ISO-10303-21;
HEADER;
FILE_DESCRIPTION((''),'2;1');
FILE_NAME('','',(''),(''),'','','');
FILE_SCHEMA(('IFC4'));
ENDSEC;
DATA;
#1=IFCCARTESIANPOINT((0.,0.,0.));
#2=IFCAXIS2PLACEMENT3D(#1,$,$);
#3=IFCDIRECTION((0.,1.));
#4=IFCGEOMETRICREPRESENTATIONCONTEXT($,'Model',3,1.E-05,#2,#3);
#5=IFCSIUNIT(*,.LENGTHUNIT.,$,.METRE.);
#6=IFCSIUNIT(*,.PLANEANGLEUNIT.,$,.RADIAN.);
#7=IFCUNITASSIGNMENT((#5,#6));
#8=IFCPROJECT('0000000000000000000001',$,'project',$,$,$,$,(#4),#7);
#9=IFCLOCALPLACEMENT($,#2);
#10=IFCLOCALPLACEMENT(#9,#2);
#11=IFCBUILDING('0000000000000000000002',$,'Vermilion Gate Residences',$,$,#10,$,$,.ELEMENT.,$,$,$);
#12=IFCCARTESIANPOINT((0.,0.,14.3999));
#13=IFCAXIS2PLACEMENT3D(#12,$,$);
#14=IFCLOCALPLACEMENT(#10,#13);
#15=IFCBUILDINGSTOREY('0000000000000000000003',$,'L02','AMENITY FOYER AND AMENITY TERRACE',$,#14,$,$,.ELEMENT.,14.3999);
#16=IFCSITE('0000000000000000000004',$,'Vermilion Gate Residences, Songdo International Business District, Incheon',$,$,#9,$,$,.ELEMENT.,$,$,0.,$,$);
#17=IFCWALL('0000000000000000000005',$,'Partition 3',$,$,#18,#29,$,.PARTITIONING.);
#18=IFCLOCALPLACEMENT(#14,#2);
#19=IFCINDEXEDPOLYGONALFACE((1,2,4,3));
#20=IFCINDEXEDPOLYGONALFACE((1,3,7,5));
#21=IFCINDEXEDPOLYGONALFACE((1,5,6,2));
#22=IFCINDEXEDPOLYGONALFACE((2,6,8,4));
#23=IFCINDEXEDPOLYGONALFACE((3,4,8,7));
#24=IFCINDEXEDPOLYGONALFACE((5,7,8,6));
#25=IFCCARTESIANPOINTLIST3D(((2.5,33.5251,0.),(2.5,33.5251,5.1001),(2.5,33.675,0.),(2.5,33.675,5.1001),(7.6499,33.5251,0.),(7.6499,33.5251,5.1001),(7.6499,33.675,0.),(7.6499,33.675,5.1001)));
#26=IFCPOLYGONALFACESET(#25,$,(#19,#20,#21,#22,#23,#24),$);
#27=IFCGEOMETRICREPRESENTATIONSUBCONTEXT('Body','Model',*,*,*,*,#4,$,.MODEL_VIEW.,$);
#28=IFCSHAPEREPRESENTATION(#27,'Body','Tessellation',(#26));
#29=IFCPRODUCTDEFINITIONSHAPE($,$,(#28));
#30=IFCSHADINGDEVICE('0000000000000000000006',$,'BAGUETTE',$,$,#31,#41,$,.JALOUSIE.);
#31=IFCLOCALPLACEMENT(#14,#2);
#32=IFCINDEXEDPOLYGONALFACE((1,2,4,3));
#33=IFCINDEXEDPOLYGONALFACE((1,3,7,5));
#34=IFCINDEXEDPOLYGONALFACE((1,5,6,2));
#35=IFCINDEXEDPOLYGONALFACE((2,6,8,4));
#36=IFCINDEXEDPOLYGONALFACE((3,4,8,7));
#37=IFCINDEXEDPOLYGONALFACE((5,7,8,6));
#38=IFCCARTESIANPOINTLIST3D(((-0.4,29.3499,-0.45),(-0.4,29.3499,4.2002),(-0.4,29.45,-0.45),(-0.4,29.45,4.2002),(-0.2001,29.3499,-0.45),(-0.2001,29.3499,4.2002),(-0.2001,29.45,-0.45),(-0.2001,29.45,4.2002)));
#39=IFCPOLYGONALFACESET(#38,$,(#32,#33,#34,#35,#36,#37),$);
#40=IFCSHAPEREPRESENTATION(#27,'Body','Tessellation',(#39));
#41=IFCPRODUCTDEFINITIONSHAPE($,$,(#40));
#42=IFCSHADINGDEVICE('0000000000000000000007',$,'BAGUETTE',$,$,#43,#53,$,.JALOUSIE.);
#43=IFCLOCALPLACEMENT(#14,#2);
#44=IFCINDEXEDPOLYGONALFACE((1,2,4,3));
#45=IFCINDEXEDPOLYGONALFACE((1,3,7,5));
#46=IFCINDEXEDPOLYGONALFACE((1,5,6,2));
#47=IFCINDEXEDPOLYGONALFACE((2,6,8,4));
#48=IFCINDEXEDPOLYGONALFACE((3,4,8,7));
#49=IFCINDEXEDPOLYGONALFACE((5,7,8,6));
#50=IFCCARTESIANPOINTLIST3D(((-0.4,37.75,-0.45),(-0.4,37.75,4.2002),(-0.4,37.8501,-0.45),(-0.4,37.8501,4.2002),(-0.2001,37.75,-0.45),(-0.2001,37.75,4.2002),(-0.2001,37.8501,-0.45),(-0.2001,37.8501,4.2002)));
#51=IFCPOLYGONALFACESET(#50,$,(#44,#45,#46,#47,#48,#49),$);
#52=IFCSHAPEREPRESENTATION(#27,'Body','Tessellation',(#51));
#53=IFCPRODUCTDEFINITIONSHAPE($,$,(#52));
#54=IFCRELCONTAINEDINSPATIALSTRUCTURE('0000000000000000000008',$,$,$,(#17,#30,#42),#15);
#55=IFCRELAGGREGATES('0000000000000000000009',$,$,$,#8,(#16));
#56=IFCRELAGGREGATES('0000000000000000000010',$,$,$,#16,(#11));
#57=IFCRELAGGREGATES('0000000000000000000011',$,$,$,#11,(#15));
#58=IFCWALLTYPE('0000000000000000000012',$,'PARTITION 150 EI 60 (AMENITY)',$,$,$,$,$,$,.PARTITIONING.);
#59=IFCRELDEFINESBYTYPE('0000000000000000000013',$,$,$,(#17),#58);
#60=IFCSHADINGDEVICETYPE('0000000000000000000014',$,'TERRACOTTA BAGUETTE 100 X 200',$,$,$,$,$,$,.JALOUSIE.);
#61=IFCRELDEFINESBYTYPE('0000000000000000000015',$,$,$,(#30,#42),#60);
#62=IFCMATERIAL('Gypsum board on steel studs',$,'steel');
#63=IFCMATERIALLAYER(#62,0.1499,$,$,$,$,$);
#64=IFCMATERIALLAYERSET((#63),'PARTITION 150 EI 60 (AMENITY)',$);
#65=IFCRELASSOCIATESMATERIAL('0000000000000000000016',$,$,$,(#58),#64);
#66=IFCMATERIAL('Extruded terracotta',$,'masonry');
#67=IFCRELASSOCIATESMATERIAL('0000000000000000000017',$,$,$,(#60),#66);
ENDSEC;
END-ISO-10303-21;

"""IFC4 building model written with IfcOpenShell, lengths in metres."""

from ifc_helpers import new_model, si_unit, direction, frame, frame_2d, origin, origin_2d, place, context, subcontext, project, spatial, rectangle, extrude, material, layer, layer_set, material_profile, profile_set, type_object, element, save


model = new_model("IFC4")

# Units and contexts
model_context = context("Model", 3, precision=1e-05, world=origin(), true_north=direction((0.0, 1.0)))
body_context = subcontext(model_context, "Body", "Model", "MODEL_VIEW")
ifc_project = project(units=[si_unit("LENGTHUNIT", "METRE"), si_unit("PLANEANGLEUNIT", "RADIAN")], contexts=[model_context])

# Site, building, storey
site_placement = place(None, origin())
site = spatial("IfcSite", under=ifc_project, at=site_placement, Name="Vermilion Gate Residences, Songdo International Business District, Incheon", CompositionType="ELEMENT", RefElevation=0.0)
building_placement = place(site_placement, origin())
building = spatial("IfcBuilding", under=site, at=building_placement, Name="Vermilion Gate Residences", CompositionType="ELEMENT")
storey_placement = place(building_placement, frame((0.0, 0.0, 14.3999)))
storey = spatial("IfcBuildingStorey", under=building, at=storey_placement, Name="L02", Description="AMENITY FOYER AND AMENITY TERRACE", CompositionType="ELEMENT", Elevation=14.3999)

# Wall
ifc_material_1 = material(Name="Gypsum board on steel studs", Category="steel")
ifc_layer_1 = layer(ifc_material_1, 0.1499)
ifc_layer_set_1 = layer_set([ifc_layer_1], Name="PARTITION 150 EI 60 (AMENITY)")
wall_type = type_object("IfcWallType", Name="PARTITION 150 EI 60 (AMENITY)", PredefinedType="PARTITIONING", material=ifc_layer_set_1)
wall_placement = place(storey_placement, frame((2.5, 33.6001, 0.0), z_axis=(0.0, 0.0, 1.0), x_axis=(1.0, 0.0, 0.0)))
element("IfcWall", 1, at=wall_placement, inside=storey, type_object=wall_type, Name="Partition 3", PredefinedType="PARTITIONING", context=body_context, shape_type="SweptSolid", body=[
    extrude(rectangle(XDim=5.1499, YDim=0.1499, at=frame_2d((2.575, 0.0))), origin(), (0.0, 0.0, 1.0), 5.1001),
])

# Shading devices
ifc_material_2 = material(Name="Extruded terracotta", Category="masonry")
ifc_material_profile_1 = material_profile(ifc_material_2, rectangle(XDim=0.2, YDim=0.1001, at=origin_2d()), Name="BAGUETTE 100 X 200")
ifc_profile_set_1 = profile_set([ifc_material_profile_1], Name="Extruded terracotta")
shading_device_type = type_object("IfcShadingDeviceType", Name="TERRACOTTA BAGUETTE 100 X 200", PredefinedType="JALOUSIE", material=ifc_profile_set_1)
for number, where, z_axis, x_axis, name in (
    (2, (-0.3, 29.3999, -0.45), (0.0, 0.0, 1.0), (1.0, 0.0, 0.0), "BAGUETTE"),
    (3, (-0.3, 37.8, -0.45), (0.0, 0.0, 1.0), (1.0, 0.0, 0.0), "BAGUETTE"),
):
    element("IfcShadingDevice", number, at=place(storey_placement, frame(where, z_axis=z_axis, x_axis=x_axis)), inside=storey, type_object=shading_device_type, Name=name, PredefinedType="JALOUSIE", context=body_context, shape_type="SweptSolid", body=[
        extrude(rectangle(XDim=0.2, YDim=0.1001, at=origin_2d()), origin(), (0.0, 0.0, 1.0), 4.6501),
    ])

save(model, "model.ifc")
